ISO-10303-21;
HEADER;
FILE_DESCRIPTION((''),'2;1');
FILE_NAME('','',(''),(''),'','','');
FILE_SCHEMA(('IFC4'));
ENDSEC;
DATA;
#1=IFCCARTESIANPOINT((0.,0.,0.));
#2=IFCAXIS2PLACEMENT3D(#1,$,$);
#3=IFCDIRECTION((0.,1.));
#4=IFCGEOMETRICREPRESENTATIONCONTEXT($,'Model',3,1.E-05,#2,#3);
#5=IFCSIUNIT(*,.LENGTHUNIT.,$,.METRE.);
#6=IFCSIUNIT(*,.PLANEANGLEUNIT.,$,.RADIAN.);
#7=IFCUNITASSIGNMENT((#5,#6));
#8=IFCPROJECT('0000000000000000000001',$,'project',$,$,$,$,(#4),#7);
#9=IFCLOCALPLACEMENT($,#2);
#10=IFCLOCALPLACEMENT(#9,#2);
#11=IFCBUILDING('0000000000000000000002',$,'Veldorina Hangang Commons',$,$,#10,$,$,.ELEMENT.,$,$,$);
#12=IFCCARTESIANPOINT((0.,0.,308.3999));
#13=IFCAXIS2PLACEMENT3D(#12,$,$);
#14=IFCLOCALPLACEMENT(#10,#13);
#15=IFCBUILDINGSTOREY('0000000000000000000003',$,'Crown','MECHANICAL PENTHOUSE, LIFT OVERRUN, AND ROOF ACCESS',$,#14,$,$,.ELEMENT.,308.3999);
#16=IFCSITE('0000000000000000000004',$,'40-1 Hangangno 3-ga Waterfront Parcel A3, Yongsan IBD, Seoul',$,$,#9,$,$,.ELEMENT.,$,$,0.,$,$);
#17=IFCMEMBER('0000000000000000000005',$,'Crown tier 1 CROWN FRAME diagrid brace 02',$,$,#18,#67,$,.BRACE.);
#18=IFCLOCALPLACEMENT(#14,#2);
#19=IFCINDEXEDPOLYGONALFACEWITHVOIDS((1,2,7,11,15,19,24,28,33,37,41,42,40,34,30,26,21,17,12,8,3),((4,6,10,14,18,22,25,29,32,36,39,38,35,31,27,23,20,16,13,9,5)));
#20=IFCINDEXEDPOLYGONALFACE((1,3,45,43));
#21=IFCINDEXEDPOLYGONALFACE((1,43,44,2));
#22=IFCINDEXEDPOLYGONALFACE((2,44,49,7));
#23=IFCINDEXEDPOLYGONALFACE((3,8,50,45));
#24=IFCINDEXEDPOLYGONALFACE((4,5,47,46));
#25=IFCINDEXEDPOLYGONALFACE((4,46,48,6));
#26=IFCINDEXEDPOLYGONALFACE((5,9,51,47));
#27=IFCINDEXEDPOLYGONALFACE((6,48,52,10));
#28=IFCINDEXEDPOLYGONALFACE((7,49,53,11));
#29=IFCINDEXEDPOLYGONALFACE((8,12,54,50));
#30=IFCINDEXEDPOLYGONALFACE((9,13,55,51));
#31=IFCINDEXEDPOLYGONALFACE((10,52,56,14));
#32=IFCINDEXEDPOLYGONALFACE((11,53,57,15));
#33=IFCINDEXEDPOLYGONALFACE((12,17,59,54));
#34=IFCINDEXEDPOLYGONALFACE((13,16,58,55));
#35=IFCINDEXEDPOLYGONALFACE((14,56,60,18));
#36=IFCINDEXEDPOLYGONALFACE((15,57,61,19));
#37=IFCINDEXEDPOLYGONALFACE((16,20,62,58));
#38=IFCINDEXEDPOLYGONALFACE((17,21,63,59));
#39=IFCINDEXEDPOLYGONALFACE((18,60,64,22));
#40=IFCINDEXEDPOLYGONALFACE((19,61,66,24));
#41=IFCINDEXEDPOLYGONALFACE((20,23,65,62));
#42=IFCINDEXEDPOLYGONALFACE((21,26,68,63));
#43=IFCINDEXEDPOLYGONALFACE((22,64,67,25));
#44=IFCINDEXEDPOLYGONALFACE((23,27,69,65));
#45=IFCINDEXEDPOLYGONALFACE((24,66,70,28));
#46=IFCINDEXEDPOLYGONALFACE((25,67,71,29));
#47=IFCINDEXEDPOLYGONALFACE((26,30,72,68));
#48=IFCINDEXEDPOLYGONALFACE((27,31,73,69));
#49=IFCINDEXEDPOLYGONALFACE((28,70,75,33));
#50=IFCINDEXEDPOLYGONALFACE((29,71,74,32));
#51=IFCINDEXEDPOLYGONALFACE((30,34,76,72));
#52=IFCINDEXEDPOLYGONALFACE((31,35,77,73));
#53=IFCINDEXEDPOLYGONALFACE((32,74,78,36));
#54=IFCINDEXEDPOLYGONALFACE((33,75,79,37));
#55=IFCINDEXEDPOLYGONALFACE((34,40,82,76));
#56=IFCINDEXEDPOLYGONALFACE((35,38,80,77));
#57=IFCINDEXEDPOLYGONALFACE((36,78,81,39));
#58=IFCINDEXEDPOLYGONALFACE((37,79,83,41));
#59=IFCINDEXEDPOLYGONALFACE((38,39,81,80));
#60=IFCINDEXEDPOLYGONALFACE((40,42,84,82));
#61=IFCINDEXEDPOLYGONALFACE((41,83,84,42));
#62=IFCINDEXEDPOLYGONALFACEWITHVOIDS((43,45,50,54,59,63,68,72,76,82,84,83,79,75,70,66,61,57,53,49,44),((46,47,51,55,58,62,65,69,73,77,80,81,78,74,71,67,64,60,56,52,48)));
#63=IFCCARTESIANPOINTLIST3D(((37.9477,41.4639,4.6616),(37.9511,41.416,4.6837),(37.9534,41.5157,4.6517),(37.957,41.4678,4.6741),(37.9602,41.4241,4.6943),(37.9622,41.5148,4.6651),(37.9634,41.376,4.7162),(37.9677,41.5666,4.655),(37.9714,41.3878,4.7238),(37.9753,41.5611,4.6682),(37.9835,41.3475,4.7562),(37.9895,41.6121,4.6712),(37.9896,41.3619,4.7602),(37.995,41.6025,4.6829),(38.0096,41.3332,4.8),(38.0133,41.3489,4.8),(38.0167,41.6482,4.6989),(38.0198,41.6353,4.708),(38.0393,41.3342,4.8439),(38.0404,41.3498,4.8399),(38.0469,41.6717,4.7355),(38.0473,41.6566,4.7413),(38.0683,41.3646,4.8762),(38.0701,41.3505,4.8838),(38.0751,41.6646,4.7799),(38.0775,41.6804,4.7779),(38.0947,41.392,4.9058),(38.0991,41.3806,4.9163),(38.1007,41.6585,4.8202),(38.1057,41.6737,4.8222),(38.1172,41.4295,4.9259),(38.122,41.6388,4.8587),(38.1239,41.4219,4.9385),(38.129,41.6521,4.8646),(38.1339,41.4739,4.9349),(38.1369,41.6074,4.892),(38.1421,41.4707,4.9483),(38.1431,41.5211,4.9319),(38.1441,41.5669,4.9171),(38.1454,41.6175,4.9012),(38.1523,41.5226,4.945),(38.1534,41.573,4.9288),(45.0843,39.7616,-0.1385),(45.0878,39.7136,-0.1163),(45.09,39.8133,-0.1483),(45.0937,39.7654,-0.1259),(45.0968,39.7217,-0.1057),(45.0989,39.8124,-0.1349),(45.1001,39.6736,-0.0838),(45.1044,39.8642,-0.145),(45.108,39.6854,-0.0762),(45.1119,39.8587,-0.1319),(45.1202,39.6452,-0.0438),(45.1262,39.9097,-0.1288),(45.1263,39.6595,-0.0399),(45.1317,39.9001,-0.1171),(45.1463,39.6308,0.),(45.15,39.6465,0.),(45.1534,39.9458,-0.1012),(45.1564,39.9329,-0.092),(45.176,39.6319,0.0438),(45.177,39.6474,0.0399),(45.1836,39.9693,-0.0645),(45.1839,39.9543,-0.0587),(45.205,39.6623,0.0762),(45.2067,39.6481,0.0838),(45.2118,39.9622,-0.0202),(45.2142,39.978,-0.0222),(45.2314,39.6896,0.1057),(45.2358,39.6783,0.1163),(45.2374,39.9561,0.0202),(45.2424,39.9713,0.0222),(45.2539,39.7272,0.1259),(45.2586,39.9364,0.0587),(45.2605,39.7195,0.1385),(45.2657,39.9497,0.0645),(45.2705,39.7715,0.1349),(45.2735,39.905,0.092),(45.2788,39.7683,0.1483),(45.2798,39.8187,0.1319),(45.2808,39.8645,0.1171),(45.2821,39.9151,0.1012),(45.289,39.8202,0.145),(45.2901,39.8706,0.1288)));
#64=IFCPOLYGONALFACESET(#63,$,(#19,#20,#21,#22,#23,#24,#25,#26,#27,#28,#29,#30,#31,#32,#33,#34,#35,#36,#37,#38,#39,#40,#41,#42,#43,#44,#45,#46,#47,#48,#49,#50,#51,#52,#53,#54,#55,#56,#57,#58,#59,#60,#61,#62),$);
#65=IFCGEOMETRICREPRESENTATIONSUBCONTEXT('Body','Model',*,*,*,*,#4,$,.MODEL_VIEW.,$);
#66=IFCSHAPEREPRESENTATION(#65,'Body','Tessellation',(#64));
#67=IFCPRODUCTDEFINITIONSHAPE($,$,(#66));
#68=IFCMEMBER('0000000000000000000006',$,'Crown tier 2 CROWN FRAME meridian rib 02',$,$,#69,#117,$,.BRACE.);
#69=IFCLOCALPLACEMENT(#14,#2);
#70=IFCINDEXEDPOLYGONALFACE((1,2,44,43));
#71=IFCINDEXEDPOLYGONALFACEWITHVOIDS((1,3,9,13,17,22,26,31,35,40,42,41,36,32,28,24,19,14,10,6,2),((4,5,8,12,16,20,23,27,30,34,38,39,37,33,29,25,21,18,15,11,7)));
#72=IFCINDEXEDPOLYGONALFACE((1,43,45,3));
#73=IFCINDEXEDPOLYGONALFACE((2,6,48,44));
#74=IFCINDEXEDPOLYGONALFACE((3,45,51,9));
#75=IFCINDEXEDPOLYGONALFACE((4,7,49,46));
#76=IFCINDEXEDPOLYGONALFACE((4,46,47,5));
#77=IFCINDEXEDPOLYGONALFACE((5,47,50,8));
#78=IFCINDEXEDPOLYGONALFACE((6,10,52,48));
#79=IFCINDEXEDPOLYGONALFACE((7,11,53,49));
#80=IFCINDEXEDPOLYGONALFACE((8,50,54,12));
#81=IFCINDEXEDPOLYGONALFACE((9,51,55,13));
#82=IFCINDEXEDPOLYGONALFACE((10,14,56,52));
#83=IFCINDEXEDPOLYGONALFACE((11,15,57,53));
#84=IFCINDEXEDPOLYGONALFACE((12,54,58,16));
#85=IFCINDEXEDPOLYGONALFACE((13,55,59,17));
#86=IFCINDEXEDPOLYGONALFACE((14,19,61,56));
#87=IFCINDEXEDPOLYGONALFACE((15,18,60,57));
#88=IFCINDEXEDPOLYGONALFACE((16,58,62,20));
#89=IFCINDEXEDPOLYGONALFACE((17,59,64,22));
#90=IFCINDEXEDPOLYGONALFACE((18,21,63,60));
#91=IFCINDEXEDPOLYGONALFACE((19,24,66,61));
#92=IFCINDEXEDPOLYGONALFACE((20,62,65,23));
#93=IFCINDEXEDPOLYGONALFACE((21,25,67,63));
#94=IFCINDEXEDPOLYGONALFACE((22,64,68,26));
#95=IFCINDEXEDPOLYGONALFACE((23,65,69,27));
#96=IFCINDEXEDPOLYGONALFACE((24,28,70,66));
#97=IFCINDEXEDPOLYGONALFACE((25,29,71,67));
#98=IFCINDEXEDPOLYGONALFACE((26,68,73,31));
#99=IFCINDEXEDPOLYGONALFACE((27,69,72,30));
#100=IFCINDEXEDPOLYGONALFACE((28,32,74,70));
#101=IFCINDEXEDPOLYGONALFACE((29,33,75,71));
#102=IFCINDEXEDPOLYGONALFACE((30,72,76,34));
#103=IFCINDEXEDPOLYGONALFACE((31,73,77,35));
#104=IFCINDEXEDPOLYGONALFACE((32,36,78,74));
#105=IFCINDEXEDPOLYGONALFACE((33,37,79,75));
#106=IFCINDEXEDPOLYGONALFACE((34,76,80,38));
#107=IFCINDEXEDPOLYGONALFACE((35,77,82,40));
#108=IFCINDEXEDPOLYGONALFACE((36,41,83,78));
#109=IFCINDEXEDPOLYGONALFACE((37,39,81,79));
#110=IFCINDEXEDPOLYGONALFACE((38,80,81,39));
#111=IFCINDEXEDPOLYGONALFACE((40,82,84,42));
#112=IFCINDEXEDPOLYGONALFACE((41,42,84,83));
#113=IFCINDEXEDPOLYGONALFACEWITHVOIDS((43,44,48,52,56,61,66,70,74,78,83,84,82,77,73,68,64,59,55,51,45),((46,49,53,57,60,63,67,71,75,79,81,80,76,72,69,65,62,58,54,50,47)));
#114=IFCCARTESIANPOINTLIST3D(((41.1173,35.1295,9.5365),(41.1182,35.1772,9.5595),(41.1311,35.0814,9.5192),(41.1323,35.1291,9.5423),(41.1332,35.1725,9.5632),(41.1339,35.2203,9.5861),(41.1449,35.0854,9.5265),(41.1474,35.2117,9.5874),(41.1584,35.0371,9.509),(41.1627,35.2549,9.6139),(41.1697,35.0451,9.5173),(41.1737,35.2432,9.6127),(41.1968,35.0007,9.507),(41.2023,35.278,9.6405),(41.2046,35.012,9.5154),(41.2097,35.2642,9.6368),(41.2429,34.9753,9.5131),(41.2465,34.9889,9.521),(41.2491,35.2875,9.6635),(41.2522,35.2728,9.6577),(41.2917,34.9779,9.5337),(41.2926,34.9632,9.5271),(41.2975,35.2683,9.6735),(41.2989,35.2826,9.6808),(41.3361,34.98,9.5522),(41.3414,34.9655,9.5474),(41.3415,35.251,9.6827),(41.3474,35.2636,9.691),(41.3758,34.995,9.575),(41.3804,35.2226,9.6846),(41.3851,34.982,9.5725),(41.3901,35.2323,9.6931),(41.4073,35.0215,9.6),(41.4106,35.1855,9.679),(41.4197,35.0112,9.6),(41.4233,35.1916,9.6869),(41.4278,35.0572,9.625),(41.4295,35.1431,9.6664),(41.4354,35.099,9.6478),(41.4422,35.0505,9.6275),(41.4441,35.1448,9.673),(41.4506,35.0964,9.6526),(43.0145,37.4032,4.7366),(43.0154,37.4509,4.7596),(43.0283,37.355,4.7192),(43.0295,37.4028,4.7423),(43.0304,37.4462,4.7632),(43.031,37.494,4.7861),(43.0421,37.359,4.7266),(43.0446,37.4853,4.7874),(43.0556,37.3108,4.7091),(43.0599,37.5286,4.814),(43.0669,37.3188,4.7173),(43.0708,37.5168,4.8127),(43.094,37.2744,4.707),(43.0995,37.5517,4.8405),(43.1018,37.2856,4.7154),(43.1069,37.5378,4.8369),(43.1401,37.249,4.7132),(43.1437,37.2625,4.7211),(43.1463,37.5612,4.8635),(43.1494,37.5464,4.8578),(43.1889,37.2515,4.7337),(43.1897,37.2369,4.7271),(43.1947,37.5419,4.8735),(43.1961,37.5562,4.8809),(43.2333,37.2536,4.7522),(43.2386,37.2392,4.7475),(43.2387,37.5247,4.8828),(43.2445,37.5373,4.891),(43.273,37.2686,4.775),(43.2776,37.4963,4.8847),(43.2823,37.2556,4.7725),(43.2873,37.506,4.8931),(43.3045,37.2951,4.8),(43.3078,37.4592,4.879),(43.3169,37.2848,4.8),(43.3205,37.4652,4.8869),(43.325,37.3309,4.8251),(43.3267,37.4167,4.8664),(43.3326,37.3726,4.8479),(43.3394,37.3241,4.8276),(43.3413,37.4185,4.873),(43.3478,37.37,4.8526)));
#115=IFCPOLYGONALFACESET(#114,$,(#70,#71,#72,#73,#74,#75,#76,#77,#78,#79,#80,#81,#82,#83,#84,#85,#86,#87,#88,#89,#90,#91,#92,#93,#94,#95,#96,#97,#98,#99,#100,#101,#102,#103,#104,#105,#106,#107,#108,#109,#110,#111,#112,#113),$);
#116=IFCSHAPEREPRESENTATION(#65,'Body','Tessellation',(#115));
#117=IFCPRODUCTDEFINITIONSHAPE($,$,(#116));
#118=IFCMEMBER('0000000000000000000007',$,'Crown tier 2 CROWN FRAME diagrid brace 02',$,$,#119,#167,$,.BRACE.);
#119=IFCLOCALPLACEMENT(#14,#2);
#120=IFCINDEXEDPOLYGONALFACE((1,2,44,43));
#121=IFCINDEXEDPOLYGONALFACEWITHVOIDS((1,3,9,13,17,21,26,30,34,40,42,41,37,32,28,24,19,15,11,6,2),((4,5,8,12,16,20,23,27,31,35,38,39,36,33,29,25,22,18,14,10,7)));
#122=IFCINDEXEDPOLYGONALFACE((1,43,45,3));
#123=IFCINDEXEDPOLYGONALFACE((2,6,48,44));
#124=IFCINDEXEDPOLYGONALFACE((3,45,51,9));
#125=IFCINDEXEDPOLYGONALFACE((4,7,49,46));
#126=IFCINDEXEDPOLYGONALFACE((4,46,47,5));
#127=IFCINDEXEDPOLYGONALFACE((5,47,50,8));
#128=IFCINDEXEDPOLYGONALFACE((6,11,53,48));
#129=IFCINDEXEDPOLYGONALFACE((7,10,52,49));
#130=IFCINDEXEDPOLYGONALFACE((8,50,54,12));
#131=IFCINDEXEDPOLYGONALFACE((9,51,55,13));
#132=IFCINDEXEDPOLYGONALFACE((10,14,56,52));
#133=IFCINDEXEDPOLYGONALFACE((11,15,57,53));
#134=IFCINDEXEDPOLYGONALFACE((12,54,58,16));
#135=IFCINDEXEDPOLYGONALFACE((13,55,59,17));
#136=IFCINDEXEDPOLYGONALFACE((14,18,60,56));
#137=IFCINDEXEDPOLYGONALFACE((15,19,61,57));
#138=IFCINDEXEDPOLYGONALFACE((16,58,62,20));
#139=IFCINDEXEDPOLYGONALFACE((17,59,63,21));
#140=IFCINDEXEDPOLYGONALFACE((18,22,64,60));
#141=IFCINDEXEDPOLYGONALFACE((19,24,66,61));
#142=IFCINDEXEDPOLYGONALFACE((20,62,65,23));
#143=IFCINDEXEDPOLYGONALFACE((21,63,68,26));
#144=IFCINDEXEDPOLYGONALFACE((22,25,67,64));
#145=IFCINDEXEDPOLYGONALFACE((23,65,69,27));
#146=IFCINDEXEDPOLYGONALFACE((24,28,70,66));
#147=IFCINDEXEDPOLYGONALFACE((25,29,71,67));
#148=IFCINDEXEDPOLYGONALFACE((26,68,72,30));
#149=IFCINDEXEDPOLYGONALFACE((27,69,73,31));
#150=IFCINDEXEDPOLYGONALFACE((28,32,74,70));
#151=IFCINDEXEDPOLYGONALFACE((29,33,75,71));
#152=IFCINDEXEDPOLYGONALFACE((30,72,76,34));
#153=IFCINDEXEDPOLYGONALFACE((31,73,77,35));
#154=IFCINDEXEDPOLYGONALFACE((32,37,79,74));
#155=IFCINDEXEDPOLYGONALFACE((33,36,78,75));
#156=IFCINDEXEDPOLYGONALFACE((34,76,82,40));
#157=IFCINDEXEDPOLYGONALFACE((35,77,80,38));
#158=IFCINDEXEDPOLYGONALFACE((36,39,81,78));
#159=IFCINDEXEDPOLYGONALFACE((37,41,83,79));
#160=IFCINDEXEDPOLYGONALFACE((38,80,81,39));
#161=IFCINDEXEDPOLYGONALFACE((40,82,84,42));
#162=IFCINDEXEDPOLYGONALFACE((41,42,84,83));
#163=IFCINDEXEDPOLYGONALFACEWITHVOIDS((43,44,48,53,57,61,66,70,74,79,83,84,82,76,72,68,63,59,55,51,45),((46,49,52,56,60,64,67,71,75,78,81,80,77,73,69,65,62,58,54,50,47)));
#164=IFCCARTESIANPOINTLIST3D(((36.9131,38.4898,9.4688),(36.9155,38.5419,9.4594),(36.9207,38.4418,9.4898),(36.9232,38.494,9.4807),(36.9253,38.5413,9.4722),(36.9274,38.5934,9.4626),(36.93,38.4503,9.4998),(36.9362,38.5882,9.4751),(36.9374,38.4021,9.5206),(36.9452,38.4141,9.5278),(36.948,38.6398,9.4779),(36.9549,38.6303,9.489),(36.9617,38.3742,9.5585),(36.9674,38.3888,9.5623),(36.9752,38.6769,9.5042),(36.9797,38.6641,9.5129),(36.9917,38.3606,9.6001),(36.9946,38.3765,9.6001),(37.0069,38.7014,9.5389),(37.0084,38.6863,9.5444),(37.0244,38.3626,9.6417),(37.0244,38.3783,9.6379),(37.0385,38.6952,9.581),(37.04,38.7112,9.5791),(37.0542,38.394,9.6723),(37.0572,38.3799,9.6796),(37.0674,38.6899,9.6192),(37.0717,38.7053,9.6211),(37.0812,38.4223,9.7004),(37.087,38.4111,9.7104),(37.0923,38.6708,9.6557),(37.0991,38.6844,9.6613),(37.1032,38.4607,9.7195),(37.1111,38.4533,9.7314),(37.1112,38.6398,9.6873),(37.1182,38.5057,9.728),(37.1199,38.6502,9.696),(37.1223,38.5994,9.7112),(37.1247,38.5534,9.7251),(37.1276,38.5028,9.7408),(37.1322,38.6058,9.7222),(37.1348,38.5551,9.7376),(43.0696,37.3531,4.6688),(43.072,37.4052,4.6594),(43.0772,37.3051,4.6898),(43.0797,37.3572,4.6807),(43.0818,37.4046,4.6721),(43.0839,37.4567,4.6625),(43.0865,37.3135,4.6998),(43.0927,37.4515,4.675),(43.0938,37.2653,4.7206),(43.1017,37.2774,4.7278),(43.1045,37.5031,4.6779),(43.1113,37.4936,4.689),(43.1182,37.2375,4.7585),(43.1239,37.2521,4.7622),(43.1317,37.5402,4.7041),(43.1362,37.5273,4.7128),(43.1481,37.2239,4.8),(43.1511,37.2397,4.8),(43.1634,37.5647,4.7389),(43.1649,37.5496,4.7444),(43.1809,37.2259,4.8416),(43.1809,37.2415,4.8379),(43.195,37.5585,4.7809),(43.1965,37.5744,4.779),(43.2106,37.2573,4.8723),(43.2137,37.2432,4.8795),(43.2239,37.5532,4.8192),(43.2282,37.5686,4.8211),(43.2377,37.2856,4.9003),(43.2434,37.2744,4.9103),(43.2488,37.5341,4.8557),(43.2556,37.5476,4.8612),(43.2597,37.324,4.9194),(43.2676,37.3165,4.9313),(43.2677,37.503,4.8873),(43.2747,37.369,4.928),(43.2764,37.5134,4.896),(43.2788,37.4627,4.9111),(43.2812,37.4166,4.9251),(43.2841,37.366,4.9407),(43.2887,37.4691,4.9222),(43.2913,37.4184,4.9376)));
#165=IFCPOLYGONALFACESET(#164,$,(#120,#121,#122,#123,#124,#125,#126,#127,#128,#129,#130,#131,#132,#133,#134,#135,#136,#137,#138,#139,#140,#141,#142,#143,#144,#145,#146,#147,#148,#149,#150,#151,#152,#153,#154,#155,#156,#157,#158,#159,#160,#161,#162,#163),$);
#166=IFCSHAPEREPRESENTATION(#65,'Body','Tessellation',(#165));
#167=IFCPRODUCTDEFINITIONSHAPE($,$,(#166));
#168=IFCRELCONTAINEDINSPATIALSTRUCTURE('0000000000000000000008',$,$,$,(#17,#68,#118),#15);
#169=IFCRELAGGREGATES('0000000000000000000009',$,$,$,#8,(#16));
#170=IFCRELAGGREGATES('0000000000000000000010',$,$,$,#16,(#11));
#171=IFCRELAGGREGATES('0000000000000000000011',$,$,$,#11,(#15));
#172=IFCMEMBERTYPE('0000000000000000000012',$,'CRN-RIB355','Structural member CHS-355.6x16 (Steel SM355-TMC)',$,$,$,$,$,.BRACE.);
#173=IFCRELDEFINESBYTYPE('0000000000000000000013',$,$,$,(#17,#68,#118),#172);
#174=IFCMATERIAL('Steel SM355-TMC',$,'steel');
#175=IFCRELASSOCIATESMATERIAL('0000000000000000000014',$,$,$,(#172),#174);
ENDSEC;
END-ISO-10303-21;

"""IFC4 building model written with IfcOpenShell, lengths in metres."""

from ifc_helpers import new_model, si_unit, direction, frame, origin, origin_2d, place, context, subcontext, project, spatial, hollow_circle, extrude, material, material_profile, profile_set, type_object, element, save


model = new_model("IFC4")

# Units and contexts
model_context = context("Model", 3, precision=1e-05, world=origin(), true_north=direction((0.0, 1.0)))
body_context = subcontext(model_context, "Body", "Model", "MODEL_VIEW")
ifc_project = project(units=[si_unit("LENGTHUNIT", "METRE"), si_unit("PLANEANGLEUNIT", "RADIAN")], contexts=[model_context])

# Site, building, storey
site_placement = place(None, origin())
site = spatial("IfcSite", under=ifc_project, at=site_placement, Name="40-1 Hangangno 3-ga Waterfront Parcel A3, Yongsan IBD, Seoul", CompositionType="ELEMENT", RefElevation=0.0)
building_placement = place(site_placement, origin())
building = spatial("IfcBuilding", under=site, at=building_placement, Name="Veldorina Hangang Commons", CompositionType="ELEMENT")
storey_placement = place(building_placement, frame((0.0, 0.0, 308.3999)))
storey = spatial("IfcBuildingStorey", under=building, at=storey_placement, Name="Crown", Description="MECHANICAL PENTHOUSE, LIFT OVERRUN, AND ROOF ACCESS", CompositionType="ELEMENT", Elevation=308.3999)

# Members
ifc_material_1 = material(Name="Steel SM355-TMC", Category="steel")
ifc_material_profile_1 = material_profile(ifc_material_1, hollow_circle(Radius=0.1777, WallThickness=0.0161, at=origin_2d()), Name="CHS-355.6x16")
ifc_profile_set_1 = profile_set([ifc_material_profile_1], Name="Steel SM355-TMC")
member_type_1 = type_object("IfcMemberType", Name="CRN-RIB355", Description="Structural member CHS-355.6x16 (Steel SM355-TMC)", PredefinedType="BRACE", material=ifc_profile_set_1)
member_1_placement = place(storey_placement, frame((45.1875, 39.8037, 0.0), z_axis=(-0.813985, 0.194168, 0.547474), x_axis=(-0.23203, -0.972709, 0.0)))
element("IfcMember", 1, at=member_1_placement, inside=storey, type_object=member_type_1, Name="Crown tier 1 CROWN FRAME diagrid brace 02", PredefinedType="BRACE", context=body_context, shape_type="SweptSolid", body=[
    extrude(hollow_circle(Radius=0.1777, WallThickness=0.0161, at=origin_2d()), origin(), (0.0, 0.0, 1.0), 8.7676),
])
member_2_placement = place(storey_placement, frame((43.1804, 37.3987, 4.8), z_axis=(-0.336386, -0.403135, 0.851073), x_axis=(0.767809, -0.640679, 0.0)))
element("IfcMember", 2, at=member_2_placement, inside=storey, type_object=member_type_1, Name="Crown tier 2 CROWN FRAME meridian rib 02", PredefinedType="BRACE", context=body_context, shape_type="SweptSolid", body=[
    extrude(hollow_circle(Radius=0.1777, WallThickness=0.0161, at=origin_2d()), origin(), (0.0, 0.0, 1.0), 5.6399),
])
member_3_placement = place(storey_placement, frame((43.1804, 37.3987, 4.8), z_axis=(-0.780398, 0.144091, 0.608455), x_axis=(-0.181568, -0.983378, 0.0)))
element("IfcMember", 3, at=member_3_placement, inside=storey, type_object=member_type_1, Name="Crown tier 2 CROWN FRAME diagrid brace 02", PredefinedType="BRACE", context=body_context, shape_type="SweptSolid", body=[
    extrude(hollow_circle(Radius=0.1777, WallThickness=0.0161, at=origin_2d()), origin(), (0.0, 0.0, 1.0), 7.8889),
])

save(model, "model.ifc")
